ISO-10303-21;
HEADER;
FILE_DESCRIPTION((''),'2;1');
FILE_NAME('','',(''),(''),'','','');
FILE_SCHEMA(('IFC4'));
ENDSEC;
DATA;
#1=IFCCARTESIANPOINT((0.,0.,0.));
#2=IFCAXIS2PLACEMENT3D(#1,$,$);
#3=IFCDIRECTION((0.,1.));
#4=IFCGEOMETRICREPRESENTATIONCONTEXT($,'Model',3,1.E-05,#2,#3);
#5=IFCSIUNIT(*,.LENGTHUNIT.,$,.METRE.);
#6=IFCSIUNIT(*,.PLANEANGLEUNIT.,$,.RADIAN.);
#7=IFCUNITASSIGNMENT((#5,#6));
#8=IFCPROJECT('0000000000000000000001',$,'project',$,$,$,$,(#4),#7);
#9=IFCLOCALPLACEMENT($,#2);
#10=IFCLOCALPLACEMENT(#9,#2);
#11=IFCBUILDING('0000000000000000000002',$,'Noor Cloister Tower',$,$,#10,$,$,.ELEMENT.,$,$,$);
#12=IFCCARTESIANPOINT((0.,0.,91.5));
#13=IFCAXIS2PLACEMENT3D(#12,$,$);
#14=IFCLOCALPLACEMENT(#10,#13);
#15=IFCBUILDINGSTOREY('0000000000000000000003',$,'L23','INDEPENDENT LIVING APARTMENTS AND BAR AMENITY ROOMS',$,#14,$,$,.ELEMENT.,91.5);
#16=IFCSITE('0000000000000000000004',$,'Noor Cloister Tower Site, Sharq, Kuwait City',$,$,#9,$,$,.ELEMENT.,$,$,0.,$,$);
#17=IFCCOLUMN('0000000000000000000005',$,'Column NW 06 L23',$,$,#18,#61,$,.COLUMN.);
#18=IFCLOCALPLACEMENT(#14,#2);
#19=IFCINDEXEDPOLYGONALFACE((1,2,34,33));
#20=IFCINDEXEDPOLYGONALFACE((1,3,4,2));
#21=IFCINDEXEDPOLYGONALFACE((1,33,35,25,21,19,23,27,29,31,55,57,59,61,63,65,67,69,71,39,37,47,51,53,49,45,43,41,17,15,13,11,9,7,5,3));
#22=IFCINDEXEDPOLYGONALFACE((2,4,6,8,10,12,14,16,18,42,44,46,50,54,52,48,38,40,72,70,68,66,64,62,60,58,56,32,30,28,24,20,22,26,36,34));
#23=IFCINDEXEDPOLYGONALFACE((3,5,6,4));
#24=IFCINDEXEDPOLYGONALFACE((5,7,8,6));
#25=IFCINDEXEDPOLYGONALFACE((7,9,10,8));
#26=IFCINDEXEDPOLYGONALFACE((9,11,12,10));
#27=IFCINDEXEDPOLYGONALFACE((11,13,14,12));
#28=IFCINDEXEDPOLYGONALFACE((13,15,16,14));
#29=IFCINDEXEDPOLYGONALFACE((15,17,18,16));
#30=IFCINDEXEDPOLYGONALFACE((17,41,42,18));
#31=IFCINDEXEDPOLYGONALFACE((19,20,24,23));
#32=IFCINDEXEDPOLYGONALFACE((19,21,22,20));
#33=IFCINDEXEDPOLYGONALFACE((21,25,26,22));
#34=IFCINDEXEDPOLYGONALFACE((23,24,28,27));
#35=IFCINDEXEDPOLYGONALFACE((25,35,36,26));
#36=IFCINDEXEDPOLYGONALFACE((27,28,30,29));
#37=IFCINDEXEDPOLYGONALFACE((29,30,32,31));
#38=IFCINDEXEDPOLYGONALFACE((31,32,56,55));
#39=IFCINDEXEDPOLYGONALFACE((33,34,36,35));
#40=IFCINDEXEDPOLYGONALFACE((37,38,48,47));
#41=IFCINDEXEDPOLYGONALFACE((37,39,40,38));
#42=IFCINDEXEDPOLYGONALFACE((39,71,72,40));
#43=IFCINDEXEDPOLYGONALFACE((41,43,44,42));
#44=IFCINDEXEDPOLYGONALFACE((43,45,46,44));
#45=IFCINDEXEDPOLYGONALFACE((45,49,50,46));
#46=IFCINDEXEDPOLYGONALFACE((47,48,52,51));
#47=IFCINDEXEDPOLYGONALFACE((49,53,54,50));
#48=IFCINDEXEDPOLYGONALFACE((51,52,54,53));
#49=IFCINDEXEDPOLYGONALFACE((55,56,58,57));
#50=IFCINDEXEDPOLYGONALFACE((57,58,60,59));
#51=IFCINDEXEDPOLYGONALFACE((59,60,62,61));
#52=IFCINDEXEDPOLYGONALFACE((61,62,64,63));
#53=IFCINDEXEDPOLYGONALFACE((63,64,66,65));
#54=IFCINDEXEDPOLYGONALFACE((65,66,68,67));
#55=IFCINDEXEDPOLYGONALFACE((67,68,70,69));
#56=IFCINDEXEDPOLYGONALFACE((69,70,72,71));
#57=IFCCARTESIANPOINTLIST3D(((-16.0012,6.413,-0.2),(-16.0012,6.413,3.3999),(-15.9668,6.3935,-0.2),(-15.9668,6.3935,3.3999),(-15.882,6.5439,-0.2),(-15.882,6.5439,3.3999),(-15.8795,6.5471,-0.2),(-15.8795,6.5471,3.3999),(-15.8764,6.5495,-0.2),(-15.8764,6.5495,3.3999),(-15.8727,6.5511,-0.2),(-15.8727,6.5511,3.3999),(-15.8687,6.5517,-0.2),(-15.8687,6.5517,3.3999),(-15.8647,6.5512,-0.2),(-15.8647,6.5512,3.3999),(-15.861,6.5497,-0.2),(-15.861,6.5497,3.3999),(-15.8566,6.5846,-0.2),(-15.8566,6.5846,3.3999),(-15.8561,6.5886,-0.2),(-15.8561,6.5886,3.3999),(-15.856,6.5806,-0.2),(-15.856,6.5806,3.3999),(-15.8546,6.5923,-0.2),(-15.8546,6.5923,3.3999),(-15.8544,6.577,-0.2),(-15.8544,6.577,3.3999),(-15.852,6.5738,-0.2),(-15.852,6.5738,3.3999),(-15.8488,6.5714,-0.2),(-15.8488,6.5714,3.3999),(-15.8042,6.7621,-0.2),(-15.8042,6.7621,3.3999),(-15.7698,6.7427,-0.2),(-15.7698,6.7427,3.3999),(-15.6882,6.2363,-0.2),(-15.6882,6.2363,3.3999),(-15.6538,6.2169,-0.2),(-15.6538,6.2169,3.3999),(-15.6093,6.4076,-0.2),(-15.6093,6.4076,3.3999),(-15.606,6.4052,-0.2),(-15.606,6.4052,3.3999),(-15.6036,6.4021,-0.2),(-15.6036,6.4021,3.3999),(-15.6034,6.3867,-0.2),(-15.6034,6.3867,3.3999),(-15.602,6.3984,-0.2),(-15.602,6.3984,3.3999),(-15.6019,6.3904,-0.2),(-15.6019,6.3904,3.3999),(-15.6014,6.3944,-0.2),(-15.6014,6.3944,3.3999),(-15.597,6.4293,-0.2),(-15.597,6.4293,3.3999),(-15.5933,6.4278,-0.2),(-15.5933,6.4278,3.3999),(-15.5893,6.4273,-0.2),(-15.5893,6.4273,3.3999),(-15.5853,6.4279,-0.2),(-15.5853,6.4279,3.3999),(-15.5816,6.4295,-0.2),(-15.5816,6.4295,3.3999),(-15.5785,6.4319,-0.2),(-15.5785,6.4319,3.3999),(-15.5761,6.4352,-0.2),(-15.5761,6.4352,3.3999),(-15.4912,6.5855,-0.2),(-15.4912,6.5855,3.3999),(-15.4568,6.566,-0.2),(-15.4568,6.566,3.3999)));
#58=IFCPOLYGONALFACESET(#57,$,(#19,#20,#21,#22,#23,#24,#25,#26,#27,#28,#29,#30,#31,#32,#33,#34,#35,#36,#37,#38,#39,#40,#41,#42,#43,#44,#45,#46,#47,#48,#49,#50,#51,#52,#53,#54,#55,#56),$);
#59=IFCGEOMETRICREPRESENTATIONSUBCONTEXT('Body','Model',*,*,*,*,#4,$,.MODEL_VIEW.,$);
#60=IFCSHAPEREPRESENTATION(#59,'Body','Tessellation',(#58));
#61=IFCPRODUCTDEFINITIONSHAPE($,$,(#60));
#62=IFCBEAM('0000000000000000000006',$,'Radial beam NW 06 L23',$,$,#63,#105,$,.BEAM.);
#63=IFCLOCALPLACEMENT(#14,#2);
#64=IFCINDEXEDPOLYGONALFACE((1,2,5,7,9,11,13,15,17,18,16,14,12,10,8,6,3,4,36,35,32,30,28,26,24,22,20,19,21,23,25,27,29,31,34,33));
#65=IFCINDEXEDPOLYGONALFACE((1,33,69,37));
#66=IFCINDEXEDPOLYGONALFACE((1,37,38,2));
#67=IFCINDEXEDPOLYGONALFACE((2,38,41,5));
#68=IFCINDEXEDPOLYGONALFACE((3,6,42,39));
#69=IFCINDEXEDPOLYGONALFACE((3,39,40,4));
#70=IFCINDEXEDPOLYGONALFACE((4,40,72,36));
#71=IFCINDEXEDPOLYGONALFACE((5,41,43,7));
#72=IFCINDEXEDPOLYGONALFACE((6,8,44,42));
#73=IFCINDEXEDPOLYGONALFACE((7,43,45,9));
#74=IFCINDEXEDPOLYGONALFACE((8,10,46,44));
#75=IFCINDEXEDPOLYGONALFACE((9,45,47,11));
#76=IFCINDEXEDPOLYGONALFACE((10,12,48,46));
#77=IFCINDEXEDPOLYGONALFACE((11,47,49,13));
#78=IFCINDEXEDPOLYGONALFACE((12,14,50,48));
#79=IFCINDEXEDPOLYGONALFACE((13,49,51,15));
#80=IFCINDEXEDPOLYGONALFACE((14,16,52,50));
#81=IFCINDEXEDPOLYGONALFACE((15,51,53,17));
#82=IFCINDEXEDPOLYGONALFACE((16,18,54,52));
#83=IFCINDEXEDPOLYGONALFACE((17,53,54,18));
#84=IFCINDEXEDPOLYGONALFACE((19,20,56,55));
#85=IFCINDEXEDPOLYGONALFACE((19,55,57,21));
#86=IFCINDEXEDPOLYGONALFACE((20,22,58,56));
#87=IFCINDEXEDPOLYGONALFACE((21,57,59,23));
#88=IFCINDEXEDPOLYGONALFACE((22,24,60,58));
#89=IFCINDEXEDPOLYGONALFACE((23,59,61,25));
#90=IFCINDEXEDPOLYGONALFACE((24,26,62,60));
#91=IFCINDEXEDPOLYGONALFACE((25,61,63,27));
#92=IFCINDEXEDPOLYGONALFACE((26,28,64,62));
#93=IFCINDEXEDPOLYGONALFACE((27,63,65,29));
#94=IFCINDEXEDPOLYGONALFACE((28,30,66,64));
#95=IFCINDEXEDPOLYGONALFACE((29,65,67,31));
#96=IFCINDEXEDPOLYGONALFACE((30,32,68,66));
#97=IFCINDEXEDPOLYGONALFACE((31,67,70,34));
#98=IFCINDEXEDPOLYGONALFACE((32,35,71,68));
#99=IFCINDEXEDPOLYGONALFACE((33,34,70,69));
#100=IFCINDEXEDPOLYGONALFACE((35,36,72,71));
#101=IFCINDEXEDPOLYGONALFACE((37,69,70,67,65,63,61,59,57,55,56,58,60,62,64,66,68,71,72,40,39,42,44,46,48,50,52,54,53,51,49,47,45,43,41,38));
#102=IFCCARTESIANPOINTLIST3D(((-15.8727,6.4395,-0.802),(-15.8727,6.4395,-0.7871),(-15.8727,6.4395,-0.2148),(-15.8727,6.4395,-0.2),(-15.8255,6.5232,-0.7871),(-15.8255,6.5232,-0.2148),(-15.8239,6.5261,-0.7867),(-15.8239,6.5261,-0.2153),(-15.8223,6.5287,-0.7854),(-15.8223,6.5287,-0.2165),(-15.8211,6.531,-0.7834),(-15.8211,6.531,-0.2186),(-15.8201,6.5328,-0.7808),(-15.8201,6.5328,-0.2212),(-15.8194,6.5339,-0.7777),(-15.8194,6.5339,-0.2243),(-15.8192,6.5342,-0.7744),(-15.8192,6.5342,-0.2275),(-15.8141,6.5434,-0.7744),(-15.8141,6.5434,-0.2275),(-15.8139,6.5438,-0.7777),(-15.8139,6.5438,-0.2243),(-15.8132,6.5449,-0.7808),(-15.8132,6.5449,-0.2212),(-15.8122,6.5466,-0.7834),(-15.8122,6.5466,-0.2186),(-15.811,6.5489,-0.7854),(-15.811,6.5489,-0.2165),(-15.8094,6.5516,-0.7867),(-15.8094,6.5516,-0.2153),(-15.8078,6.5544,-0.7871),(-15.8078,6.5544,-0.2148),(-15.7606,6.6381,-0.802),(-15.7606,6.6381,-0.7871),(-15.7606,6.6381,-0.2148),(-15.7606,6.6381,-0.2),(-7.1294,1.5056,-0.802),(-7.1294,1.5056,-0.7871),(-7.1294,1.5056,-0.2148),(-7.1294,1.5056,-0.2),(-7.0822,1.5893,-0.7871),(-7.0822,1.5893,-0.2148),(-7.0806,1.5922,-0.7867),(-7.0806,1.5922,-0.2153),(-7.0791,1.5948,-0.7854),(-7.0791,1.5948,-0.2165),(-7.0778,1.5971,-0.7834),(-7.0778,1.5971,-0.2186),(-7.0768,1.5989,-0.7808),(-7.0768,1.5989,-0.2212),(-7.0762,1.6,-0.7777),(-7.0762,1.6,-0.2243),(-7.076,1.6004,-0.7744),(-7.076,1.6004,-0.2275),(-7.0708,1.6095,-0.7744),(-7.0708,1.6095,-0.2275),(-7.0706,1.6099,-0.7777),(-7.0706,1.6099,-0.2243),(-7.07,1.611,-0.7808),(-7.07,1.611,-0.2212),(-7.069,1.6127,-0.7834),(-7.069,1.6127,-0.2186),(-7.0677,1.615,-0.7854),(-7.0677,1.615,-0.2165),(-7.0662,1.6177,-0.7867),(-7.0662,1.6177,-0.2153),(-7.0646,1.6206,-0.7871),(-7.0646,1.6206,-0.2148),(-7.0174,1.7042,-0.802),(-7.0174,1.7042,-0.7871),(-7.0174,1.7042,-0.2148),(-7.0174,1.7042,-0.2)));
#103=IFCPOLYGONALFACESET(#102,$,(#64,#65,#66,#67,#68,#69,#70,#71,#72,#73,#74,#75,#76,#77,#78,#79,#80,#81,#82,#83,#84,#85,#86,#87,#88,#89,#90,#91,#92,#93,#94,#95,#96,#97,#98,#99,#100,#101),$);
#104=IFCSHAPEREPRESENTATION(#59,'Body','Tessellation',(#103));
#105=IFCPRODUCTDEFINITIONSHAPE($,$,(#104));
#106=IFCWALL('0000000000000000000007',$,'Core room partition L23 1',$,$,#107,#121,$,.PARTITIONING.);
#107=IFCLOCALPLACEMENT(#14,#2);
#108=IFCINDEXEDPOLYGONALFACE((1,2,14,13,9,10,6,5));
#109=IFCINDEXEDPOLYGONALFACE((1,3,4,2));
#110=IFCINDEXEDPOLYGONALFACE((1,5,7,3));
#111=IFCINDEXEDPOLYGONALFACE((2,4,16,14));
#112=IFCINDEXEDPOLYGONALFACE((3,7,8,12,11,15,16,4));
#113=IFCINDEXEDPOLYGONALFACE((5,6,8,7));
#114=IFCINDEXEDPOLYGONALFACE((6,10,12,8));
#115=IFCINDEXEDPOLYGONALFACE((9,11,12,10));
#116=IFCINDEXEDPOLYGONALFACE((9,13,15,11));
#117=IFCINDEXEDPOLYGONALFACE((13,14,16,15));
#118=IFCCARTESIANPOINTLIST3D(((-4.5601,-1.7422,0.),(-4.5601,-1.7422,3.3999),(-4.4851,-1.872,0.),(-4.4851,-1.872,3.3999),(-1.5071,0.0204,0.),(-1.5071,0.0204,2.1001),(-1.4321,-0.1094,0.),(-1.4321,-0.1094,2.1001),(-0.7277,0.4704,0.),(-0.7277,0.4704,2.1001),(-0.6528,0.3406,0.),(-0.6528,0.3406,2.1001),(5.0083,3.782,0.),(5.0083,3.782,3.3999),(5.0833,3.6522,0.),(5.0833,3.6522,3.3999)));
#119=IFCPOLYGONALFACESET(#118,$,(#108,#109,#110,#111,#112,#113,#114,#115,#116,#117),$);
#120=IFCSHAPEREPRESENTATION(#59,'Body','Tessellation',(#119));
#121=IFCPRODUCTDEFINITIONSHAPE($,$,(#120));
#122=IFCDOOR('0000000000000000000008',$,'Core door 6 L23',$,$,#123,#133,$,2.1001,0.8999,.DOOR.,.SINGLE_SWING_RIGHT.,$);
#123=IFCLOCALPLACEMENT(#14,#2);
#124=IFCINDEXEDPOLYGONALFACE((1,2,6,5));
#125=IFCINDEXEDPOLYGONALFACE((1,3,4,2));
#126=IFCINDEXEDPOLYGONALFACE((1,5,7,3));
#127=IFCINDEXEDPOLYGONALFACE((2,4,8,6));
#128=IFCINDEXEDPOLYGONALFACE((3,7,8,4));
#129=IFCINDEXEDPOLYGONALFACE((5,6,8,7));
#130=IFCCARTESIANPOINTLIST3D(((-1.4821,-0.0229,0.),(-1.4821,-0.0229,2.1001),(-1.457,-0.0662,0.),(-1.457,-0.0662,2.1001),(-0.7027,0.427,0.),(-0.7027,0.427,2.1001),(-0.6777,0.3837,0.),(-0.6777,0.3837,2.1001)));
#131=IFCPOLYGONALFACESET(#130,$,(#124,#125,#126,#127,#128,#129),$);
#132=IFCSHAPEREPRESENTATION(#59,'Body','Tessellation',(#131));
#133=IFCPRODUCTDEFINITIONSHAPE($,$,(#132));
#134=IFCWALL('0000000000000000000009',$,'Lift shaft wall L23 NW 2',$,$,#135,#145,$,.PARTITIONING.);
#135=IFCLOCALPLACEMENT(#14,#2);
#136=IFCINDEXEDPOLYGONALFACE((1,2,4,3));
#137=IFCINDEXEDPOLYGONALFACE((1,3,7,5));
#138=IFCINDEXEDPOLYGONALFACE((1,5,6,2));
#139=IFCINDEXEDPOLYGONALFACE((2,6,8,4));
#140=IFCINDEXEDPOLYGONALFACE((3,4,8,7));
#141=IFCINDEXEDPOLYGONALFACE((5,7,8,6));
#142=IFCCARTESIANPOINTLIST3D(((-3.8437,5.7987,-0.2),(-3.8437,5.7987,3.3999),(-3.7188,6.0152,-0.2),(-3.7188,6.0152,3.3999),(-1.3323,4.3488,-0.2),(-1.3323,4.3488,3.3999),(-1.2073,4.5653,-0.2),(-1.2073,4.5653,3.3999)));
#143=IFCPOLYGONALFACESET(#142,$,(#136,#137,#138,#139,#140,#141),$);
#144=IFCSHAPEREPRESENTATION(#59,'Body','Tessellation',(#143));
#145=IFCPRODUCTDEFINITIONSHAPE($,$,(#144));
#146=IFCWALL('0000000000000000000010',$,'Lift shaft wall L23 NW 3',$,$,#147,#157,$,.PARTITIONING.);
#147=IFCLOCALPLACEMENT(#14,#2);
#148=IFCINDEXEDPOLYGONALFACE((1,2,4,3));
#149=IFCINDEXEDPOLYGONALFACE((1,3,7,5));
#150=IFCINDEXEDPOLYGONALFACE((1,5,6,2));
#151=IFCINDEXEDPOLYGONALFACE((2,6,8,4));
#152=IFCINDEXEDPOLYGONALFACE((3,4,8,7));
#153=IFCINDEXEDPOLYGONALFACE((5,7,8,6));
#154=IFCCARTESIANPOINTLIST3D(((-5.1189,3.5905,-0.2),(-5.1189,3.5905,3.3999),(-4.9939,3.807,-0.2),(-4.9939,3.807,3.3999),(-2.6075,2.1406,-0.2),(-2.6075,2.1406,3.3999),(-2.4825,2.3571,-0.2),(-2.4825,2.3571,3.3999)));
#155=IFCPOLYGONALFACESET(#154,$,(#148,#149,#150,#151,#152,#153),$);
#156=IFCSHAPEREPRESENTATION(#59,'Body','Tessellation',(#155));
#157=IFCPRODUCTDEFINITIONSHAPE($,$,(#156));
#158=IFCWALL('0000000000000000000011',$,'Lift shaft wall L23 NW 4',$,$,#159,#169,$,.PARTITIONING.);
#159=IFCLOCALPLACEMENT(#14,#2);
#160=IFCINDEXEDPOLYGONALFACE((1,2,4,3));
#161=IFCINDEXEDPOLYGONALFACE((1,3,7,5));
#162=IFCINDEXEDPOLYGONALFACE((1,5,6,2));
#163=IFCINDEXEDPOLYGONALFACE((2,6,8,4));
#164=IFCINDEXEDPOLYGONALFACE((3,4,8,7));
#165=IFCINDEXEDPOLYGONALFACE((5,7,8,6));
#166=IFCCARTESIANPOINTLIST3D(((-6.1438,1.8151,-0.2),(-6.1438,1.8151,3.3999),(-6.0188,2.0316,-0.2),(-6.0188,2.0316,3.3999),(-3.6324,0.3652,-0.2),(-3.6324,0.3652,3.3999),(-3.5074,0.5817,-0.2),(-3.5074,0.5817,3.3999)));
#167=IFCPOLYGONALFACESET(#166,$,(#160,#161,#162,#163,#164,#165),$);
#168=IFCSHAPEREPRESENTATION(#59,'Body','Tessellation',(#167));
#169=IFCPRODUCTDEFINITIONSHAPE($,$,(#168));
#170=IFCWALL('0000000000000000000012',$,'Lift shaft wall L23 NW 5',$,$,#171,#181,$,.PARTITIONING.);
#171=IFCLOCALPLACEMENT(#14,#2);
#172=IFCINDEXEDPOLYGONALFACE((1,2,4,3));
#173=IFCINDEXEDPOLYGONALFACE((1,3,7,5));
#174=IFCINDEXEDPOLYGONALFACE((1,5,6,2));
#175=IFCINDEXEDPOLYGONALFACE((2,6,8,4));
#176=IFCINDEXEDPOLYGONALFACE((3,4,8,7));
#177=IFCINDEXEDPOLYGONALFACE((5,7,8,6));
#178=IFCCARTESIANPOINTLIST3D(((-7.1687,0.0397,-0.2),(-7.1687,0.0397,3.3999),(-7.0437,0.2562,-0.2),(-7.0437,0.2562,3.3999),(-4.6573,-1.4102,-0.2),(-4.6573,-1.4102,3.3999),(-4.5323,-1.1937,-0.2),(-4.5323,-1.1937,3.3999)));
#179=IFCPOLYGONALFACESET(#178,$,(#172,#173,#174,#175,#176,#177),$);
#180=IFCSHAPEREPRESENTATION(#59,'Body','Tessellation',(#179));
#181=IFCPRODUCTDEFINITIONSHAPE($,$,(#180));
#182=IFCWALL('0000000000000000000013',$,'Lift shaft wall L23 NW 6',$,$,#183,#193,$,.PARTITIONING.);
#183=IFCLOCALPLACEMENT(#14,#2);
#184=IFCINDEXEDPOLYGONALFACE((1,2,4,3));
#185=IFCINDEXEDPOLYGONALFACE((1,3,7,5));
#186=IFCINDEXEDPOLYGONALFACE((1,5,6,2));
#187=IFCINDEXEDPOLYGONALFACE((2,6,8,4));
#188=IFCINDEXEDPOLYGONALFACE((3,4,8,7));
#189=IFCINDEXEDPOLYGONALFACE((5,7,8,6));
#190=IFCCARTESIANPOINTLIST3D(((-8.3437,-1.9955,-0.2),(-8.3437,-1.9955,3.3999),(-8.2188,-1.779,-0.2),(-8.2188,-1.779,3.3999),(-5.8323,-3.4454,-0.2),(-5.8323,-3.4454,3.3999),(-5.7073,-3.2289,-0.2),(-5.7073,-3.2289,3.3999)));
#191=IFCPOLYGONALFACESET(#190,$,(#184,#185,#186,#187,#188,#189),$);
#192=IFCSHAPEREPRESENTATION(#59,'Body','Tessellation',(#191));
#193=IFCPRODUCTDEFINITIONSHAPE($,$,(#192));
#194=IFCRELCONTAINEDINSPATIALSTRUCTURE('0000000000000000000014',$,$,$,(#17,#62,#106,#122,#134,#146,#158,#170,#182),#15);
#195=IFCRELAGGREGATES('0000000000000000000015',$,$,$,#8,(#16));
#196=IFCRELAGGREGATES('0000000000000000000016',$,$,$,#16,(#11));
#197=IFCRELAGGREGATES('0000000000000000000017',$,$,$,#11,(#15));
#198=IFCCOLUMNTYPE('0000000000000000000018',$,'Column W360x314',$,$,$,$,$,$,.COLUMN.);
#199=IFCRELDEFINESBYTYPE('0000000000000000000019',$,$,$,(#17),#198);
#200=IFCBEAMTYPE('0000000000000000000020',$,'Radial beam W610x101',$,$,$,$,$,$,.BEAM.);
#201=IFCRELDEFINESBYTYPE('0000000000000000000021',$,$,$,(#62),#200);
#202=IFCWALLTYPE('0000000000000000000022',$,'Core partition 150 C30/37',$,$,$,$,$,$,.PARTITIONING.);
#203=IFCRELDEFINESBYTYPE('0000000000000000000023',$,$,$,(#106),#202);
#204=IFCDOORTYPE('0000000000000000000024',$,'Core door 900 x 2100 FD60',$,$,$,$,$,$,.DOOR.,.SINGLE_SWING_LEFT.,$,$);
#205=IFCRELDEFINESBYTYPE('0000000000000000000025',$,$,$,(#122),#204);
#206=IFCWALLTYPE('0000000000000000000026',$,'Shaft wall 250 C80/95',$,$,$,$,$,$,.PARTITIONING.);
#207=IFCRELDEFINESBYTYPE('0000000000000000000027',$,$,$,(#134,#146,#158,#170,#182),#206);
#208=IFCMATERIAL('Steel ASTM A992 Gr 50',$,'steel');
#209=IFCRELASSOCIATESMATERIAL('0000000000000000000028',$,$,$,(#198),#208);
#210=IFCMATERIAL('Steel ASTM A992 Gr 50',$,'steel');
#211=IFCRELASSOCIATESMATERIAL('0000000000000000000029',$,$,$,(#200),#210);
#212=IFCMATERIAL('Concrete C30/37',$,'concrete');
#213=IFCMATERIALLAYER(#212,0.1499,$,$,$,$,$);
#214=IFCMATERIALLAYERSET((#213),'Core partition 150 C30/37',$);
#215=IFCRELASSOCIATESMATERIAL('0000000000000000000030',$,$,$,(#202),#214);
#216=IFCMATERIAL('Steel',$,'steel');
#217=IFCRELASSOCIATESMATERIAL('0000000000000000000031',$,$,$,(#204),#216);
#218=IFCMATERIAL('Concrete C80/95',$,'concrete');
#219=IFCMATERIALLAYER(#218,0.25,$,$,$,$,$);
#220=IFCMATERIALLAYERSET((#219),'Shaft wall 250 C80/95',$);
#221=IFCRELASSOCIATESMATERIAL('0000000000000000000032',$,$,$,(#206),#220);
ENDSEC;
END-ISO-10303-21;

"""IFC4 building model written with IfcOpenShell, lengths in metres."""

from ifc_helpers import new_model, si_unit, direction, frame, frame_2d, origin, origin_2d, place, context, subcontext, project, spatial, rectangle, i_section, extrude, material, layer, layer_set, material_profile, profile_set, type_object, element, fill, save


model = new_model("IFC4")

# Units and contexts
model_context = context("Model", 3, precision=1e-05, world=origin(), true_north=direction((0.0, 1.0)))
body_context = subcontext(model_context, "Body", "Model", "MODEL_VIEW")
ifc_project = project(units=[si_unit("LENGTHUNIT", "METRE"), si_unit("PLANEANGLEUNIT", "RADIAN")], contexts=[model_context])

# Site, building, storey
site_placement = place(None, origin())
site = spatial("IfcSite", under=ifc_project, at=site_placement, Name="Noor Cloister Tower Site, Sharq, Kuwait City", CompositionType="ELEMENT", RefElevation=0.0)
building_placement = place(site_placement, origin())
building = spatial("IfcBuilding", under=site, at=building_placement, Name="Noor Cloister Tower", CompositionType="ELEMENT")
storey_placement = place(building_placement, frame((0.0, 0.0, 91.5)))
storey = spatial("IfcBuildingStorey", under=building, at=storey_placement, Name="L23", Description="INDEPENDENT LIVING APARTMENTS AND BAR AMENITY ROOMS", CompositionType="ELEMENT", Elevation=91.5)

# Column
ifc_material_1 = material(Name="Steel ASTM A992 Gr 50", Category="steel")
ifc_material_profile_1 = material_profile(ifc_material_1, i_section(OverallWidth=0.4009, OverallDepth=0.3989, WebThickness=0.0249, FlangeThickness=0.0396, FilletRadius=0.0154, at=origin_2d()), Name="W360x314")
ifc_profile_set_1 = profile_set([ifc_material_profile_1], Name="Steel ASTM A992 Gr 50")
column_type = type_object("IfcColumnType", Name="Column W360x314", PredefinedType="COLUMN", material=ifc_profile_set_1)
column_placement = place(storey_placement, frame((-15.729, 6.4895, -0.2), z_axis=(0.0, 0.0, 1.0), x_axis=(-0.491453, -0.870904, 0.0)))
element("IfcColumn", 1, at=column_placement, inside=storey, type_object=column_type, Name="Column NW 06 L23", PredefinedType="COLUMN", context=body_context, shape_type="SweptSolid", body=[
    extrude(i_section(OverallWidth=0.4009, OverallDepth=0.3989, WebThickness=0.0249, FlangeThickness=0.0396, FilletRadius=0.0154, at=origin_2d()), origin(), (0.0, 0.0, 1.0), 3.5999),
])

# Beam
ifc_material_2 = material(Name="Steel ASTM A992 Gr 50", Category="steel")
ifc_material_profile_2 = material_profile(ifc_material_2, i_section(OverallWidth=0.228, OverallDepth=0.6021, WebThickness=0.0105, FlangeThickness=0.0149, FilletRadius=0.0127, at=origin_2d()), Name="W610x101")
ifc_profile_set_2 = profile_set([ifc_material_profile_2], Name="Steel ASTM A992 Gr 50")
beam_type = type_object("IfcBeamType", Name="Radial beam W610x101", PredefinedType="BEAM", material=ifc_profile_set_2)
beam_placement = place(storey_placement, frame((-15.8167, 6.5388, -0.501), z_axis=(0.870902, -0.491457, 0.0), x_axis=(0.491457, 0.870902, 0.0)))
element("IfcBeam", 2, at=beam_placement, inside=storey, type_object=beam_type, Name="Radial beam NW 06 L23", PredefinedType="BEAM", context=body_context, shape_type="SweptSolid", body=[
    extrude(i_section(OverallWidth=0.228, OverallDepth=0.6021, WebThickness=0.0105, FlangeThickness=0.0149, FilletRadius=0.0127, at=origin_2d()), origin(), (0.0, 0.0, 1.0), 10.0393),
])

# Wall, opening, door
ifc_material_3 = material(Name="Concrete C30/37", Category="concrete")
ifc_layer_1 = layer(ifc_material_3, 0.1499)
ifc_layer_set_1 = layer_set([ifc_layer_1], Name="Core partition 150 C30/37")
wall_type_1 = type_object("IfcWallType", Name="Core partition 150 C30/37", PredefinedType="PARTITIONING", material=ifc_layer_set_1)
wall_1_placement = place(storey_placement, frame((-4.5227, -1.8071, 0.0), z_axis=(0.0, 0.0, 1.0), x_axis=(0.86603, 0.499992, 0.0)))
wall_1 = element("IfcWall", 3, at=wall_1_placement, inside=storey, type_object=wall_type_1, Name="Core room partition L23 1", PredefinedType="PARTITIONING", context=body_context, shape_type="SweptSolid", body=[
    extrude(rectangle(XDim=11.0486, YDim=0.1499, at=frame_2d((5.5244, 0.0))), origin(), (0.0, 0.0, 1.0), 3.3999),
])
opening_1_placement = place(wall_1_placement, frame((3.5254, 0.0, 0.0)))
opening_1 = element("IfcOpeningElement", 4, at=opening_1_placement, cuts=wall_1, PredefinedType="OPENING", context=body_context, shape_type="SweptSolid", body=[
    extrude(rectangle(XDim=0.8999, YDim=2.1001, at=frame_2d((0.45, 1.05))), frame((0.0, 0.085, 0.0), z_axis=(0.0, -1.0, 0.0), x_axis=(1.0, 0.0, 0.0)), (0.0, 0.0, 1.0), 0.1699),
])
ifc_material_4 = material(Name="Steel", Category="steel")
door_type_1 = type_object("IfcDoorType", Name="Core door 900 x 2100 FD60", OperationType="SINGLE_SWING_LEFT", PredefinedType="DOOR", material=ifc_material_4)
door_1_placement = place(opening_1_placement, origin())
door_1 = element("IfcDoor", 5, at=door_1_placement, inside=storey, type_object=door_type_1, Name="Core door 6 L23", OperationType="SINGLE_SWING_RIGHT", OverallHeight=2.1001, OverallWidth=0.8999, PredefinedType="DOOR", context=body_context, shape_type="SweptSolid", body=[
    extrude(rectangle(XDim=0.8999, YDim=2.1001, at=frame_2d((0.45, 1.05))), frame((0.0, 0.0249, 0.0), z_axis=(0.0, -1.0, 0.0), x_axis=(1.0, 0.0, 0.0)), (0.0, 0.0, 1.0), 0.05),
])
fill(opening_1, door_1)

# Walls
ifc_material_5 = material(Name="Concrete C80/95", Category="concrete")
ifc_layer_2 = layer(ifc_material_5, 0.25)
ifc_layer_set_2 = layer_set([ifc_layer_2], Name="Shaft wall 250 C80/95")
wall_type_2 = type_object("IfcWallType", Name="Shaft wall 250 C80/95", PredefinedType="PARTITIONING", material=ifc_layer_set_2)
for number, where, z_axis, x_axis, name in (
    (6, (-3.7812, 5.907, -0.2), (0.0, 0.0, 1.0), (0.866033, -0.499987, 0.0), "Lift shaft wall L23 NW 2"),
    (7, (-5.0564, 3.6987, -0.2), (0.0, 0.0, 1.0), (0.866033, -0.499987, 0.0), "Lift shaft wall L23 NW 3"),
    (8, (-6.0813, 1.9233, -0.2), (0.0, 0.0, 1.0), (0.866033, -0.499987, 0.0), "Lift shaft wall L23 NW 4"),
    (9, (-7.1062, 0.1479, -0.2), (0.0, 0.0, 1.0), (0.866033, -0.499987, 0.0), "Lift shaft wall L23 NW 5"),
    (10, (-8.2812, -1.8872, -0.2), (0.0, 0.0, 1.0), (0.866033, -0.499987, 0.0), "Lift shaft wall L23 NW 6"),
):
    element("IfcWall", number, at=place(storey_placement, frame(where, z_axis=z_axis, x_axis=x_axis)), inside=storey, type_object=wall_type_2, Name=name, PredefinedType="PARTITIONING", context=body_context, shape_type="SweptSolid", body=[
        extrude(rectangle(XDim=2.8999, YDim=0.25, at=frame_2d((1.45, 0.0))), origin(), (0.0, 0.0, 1.0), 3.5999),
    ])

save(model, "model.ifc")
